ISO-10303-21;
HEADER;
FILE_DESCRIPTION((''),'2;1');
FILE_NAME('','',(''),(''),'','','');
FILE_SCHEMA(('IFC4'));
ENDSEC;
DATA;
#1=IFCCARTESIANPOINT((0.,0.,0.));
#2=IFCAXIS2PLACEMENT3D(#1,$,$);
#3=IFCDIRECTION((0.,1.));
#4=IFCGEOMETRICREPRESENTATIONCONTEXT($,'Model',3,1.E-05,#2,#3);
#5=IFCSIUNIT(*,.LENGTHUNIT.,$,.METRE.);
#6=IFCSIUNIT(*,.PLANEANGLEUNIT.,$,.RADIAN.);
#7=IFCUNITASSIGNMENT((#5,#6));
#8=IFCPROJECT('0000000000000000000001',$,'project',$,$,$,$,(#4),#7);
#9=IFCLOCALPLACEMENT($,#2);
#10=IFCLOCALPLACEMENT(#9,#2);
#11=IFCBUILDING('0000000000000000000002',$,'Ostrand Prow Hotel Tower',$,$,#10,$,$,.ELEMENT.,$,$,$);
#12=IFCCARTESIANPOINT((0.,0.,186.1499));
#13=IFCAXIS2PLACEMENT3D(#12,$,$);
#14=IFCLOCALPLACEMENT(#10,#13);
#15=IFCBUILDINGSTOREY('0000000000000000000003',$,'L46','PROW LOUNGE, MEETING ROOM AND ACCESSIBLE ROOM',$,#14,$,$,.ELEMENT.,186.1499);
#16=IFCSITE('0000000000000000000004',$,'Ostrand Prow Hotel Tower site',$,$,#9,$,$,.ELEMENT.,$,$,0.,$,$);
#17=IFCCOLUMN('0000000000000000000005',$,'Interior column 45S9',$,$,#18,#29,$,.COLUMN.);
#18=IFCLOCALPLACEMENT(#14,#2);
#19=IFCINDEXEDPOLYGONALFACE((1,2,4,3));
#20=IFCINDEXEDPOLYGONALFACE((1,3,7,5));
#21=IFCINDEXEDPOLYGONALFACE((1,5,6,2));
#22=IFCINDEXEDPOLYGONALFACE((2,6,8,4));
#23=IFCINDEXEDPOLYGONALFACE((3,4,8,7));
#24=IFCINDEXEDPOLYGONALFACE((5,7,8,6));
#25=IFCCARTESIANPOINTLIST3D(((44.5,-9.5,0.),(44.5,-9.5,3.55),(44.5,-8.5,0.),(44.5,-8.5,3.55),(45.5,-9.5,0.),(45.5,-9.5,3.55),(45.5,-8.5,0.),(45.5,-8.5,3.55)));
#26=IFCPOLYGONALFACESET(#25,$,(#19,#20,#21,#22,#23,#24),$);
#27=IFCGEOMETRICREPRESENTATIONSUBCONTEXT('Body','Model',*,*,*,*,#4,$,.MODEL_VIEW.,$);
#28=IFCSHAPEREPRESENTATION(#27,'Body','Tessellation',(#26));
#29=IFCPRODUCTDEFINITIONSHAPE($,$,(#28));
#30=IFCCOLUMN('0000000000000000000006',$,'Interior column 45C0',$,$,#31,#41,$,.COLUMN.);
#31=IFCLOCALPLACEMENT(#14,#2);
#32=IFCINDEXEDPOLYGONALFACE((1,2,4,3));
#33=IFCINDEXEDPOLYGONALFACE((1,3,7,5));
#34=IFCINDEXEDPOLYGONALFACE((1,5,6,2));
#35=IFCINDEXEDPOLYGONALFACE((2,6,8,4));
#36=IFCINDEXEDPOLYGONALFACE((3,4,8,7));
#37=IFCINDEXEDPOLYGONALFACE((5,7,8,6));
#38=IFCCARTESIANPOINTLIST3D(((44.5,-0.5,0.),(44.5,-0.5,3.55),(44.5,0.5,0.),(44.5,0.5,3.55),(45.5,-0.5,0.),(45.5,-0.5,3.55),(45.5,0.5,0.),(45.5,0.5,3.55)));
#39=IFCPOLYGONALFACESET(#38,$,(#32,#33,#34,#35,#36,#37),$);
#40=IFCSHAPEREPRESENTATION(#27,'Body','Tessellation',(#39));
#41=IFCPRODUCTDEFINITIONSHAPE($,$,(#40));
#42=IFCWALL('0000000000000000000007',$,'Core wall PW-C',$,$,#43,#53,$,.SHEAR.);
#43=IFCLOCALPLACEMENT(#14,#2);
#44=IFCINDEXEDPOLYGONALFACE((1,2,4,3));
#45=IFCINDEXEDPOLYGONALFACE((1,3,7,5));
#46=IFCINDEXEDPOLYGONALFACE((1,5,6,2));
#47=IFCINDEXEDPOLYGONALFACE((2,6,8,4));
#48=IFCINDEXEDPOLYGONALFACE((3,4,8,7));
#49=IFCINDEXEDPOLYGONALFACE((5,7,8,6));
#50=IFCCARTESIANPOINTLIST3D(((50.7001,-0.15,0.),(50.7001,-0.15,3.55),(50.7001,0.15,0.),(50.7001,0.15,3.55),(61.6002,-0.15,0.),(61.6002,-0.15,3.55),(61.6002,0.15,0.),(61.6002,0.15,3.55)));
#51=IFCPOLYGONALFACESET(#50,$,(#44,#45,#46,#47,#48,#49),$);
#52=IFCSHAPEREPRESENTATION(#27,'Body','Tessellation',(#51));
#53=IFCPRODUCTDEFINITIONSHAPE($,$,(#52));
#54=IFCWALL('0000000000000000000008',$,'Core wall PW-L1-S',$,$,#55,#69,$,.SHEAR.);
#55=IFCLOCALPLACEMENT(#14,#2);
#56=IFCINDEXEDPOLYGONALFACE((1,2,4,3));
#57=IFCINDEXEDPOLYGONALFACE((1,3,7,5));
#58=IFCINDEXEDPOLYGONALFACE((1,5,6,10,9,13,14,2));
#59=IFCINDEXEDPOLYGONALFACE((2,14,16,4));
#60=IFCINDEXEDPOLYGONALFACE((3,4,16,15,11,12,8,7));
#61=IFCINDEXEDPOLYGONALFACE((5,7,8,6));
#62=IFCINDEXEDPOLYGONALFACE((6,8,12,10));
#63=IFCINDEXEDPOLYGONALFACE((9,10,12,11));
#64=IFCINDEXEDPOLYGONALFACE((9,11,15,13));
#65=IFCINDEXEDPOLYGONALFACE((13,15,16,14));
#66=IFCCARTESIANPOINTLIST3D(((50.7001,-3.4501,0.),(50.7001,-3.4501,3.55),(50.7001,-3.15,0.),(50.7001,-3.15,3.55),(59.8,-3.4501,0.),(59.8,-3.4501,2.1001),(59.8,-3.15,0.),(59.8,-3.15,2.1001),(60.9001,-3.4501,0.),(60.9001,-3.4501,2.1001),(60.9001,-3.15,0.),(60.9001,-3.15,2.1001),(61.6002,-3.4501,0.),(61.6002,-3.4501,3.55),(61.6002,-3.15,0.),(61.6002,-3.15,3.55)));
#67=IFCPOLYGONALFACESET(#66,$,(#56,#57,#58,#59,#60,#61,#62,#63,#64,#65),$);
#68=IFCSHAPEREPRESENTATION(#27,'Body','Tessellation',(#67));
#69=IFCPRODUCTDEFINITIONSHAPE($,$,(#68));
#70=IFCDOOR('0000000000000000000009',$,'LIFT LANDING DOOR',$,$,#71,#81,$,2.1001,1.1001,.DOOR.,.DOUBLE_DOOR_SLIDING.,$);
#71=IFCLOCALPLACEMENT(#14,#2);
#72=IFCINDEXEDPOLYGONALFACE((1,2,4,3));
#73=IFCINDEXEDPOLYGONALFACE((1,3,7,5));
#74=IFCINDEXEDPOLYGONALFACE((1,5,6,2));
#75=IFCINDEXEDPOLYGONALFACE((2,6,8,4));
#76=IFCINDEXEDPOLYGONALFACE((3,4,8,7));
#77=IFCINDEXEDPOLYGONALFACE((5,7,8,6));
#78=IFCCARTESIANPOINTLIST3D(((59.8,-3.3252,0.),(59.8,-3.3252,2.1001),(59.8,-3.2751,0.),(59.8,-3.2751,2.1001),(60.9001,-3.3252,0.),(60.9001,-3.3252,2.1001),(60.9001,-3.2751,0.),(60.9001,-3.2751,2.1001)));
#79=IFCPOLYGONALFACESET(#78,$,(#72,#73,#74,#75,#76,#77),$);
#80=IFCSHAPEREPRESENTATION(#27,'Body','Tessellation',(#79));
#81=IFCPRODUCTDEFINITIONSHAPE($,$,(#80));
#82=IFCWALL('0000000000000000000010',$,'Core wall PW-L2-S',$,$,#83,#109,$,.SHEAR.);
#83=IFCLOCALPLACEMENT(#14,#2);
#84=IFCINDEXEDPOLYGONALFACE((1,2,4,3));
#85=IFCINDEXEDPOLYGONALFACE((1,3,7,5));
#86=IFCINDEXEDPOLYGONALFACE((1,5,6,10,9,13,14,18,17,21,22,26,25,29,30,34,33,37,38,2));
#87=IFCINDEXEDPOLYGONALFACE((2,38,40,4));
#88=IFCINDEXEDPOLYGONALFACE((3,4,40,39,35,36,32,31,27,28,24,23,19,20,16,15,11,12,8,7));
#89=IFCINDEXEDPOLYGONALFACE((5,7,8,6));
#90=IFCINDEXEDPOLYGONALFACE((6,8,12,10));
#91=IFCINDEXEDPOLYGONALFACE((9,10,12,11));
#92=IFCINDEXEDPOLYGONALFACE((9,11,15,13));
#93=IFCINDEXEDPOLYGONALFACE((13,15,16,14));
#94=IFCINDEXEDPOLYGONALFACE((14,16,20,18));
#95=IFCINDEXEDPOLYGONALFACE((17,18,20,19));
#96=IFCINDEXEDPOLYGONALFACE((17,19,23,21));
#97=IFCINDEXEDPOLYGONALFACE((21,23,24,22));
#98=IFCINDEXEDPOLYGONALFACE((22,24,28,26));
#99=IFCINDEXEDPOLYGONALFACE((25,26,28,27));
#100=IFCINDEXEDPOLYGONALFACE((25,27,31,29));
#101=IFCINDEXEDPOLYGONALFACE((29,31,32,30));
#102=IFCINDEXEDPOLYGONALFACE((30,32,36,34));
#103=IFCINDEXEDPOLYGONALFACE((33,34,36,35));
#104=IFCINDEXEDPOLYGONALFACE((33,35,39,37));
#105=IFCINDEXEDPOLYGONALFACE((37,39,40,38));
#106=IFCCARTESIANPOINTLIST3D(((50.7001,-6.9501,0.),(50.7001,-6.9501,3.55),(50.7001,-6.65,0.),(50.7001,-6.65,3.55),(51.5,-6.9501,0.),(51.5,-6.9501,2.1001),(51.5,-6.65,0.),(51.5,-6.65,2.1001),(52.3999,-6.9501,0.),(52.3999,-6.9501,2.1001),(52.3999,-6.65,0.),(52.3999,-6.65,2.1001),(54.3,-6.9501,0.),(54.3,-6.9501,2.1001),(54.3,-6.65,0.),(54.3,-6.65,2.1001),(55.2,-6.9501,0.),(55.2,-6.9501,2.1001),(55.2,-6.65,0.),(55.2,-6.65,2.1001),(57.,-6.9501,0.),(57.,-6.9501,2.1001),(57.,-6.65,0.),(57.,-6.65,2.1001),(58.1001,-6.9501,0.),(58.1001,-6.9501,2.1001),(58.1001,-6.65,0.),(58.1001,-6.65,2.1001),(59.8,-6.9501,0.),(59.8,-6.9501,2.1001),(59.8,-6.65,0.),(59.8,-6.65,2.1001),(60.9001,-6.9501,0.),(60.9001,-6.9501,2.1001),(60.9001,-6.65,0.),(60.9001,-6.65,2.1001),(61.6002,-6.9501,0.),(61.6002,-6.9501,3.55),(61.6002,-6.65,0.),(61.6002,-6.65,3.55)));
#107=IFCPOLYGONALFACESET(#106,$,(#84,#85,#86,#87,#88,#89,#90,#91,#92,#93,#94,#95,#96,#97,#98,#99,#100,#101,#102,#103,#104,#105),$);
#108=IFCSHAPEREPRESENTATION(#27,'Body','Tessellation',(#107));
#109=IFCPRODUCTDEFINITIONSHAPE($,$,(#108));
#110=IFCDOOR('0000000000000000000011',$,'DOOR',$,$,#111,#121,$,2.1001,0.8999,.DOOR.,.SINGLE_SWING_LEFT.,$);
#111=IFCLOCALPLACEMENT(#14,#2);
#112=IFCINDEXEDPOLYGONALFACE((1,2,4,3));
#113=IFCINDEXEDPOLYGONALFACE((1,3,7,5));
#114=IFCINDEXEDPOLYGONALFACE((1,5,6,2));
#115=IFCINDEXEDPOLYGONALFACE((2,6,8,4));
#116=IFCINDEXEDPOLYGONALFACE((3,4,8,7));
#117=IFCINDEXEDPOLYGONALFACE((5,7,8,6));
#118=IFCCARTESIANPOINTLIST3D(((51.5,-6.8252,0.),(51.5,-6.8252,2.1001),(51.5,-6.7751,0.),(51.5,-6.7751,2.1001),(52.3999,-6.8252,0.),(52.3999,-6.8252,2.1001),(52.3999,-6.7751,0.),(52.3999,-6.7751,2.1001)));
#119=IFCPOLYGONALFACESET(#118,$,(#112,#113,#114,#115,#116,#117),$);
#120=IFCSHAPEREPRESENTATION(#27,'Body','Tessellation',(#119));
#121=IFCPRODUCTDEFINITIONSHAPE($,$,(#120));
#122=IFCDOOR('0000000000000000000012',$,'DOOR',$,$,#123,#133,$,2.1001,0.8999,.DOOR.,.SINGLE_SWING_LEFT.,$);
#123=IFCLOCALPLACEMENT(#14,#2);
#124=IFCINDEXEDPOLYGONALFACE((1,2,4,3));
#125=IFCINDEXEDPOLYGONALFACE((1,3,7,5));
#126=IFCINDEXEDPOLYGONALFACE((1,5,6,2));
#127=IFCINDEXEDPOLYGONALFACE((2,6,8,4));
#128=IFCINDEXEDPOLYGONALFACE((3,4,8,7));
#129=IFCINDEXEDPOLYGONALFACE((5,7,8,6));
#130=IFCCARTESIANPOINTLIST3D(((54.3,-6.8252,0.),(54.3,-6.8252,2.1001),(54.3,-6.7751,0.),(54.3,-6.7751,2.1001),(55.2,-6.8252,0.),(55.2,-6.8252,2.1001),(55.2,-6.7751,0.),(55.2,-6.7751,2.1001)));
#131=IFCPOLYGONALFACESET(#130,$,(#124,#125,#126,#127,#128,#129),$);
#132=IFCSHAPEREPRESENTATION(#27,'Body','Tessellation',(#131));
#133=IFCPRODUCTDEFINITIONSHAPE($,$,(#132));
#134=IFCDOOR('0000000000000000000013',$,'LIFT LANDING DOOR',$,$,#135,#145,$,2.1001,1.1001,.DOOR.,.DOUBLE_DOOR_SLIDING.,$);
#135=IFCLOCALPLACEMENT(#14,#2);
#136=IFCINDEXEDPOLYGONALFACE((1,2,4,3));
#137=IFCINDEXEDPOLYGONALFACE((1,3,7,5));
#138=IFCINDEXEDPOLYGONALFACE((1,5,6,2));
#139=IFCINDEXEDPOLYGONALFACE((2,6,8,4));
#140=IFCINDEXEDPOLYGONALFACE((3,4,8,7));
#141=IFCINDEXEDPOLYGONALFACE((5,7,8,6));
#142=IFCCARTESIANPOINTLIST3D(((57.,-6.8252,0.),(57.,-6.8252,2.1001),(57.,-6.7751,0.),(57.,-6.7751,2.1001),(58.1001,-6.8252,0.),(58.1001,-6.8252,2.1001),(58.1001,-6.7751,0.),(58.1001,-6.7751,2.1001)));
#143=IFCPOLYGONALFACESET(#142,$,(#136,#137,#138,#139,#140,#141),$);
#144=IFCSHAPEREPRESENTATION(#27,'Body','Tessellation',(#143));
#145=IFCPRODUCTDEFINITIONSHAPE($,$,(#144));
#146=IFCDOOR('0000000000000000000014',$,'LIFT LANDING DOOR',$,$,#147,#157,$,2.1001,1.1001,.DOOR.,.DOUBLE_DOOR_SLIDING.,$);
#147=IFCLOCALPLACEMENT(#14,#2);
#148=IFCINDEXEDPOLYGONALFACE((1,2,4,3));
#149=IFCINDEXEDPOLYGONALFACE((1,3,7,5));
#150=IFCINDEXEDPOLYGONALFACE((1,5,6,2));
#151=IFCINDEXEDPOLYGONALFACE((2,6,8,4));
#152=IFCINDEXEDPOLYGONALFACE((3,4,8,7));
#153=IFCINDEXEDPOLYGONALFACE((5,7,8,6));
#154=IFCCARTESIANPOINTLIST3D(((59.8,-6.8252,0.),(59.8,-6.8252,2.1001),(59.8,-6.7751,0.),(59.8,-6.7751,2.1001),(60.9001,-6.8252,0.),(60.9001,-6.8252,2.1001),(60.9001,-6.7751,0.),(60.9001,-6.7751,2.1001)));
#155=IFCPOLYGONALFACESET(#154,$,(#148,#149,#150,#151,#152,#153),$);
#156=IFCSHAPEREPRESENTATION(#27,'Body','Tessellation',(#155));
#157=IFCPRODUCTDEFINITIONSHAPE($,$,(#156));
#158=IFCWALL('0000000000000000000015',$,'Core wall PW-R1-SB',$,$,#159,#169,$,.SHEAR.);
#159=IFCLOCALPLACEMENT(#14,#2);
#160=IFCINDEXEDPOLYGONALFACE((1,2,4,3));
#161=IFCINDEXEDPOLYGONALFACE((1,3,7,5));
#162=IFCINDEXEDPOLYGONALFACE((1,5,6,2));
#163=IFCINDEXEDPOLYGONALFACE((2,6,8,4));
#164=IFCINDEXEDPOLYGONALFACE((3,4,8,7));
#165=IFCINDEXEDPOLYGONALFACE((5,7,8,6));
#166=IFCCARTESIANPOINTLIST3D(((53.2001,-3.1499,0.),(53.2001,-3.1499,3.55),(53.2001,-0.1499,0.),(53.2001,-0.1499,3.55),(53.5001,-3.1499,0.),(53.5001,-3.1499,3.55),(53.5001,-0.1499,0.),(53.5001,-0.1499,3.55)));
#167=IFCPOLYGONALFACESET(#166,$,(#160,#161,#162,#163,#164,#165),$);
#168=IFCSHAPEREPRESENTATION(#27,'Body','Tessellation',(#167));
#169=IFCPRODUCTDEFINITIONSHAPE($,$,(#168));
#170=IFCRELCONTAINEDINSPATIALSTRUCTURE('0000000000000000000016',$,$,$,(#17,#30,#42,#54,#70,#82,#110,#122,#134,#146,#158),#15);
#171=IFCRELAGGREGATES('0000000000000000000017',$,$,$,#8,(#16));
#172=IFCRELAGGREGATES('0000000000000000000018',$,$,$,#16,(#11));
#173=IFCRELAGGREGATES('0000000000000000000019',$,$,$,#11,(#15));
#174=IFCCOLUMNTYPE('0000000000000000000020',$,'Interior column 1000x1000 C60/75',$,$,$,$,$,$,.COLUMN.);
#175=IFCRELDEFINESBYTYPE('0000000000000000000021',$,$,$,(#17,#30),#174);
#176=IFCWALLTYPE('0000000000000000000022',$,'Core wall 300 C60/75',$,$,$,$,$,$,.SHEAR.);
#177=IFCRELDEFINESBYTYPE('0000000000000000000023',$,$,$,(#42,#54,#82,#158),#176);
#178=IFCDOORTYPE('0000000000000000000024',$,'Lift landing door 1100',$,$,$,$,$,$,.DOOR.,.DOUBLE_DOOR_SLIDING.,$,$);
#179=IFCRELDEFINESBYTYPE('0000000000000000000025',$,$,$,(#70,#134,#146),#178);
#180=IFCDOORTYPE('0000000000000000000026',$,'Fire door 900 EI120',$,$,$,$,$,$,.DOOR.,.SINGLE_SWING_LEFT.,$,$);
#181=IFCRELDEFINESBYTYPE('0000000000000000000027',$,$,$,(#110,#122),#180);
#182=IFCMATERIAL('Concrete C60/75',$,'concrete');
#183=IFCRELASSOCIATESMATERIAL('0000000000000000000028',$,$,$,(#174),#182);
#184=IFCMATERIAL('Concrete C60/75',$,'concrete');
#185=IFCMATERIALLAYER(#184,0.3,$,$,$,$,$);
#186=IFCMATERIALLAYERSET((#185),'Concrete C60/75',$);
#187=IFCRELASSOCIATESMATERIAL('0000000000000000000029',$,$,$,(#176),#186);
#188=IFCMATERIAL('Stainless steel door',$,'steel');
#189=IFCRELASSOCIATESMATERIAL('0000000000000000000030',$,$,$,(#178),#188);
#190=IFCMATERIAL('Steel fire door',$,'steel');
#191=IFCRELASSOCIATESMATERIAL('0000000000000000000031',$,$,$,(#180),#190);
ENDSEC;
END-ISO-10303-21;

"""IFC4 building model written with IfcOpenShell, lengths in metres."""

from ifc_helpers import new_model, si_unit, direction, frame, frame_2d, origin, origin_2d, place, context, subcontext, project, spatial, rectangle, extrude, material, layer, layer_set, material_profile, profile_set, type_object, element, fill, save


model = new_model("IFC4")

# Units and contexts
model_context = context("Model", 3, precision=1e-05, world=origin(), true_north=direction((0.0, 1.0)))
body_context = subcontext(model_context, "Body", "Model", "MODEL_VIEW")
ifc_project = project(units=[si_unit("LENGTHUNIT", "METRE"), si_unit("PLANEANGLEUNIT", "RADIAN")], contexts=[model_context])

# Site, building, storey
site_placement = place(None, origin())
site = spatial("IfcSite", under=ifc_project, at=site_placement, Name="Ostrand Prow Hotel Tower site", CompositionType="ELEMENT", RefElevation=0.0)
building_placement = place(site_placement, origin())
building = spatial("IfcBuilding", under=site, at=building_placement, Name="Ostrand Prow Hotel Tower", CompositionType="ELEMENT")
storey_placement = place(building_placement, frame((0.0, 0.0, 186.1499)))
storey = spatial("IfcBuildingStorey", under=building, at=storey_placement, Name="L46", Description="PROW LOUNGE, MEETING ROOM AND ACCESSIBLE ROOM", CompositionType="ELEMENT", Elevation=186.1499)

# Columns
ifc_material_1 = material(Name="Concrete C60/75", Category="concrete")
ifc_material_profile = material_profile(ifc_material_1, rectangle(XDim=1.0, YDim=1.0, at=origin_2d()), Name="RC 1000x1000")
ifc_profile_set = profile_set([ifc_material_profile], Name="Concrete C60/75")
column_type = type_object("IfcColumnType", Name="Interior column 1000x1000 C60/75", PredefinedType="COLUMN", material=ifc_profile_set)
for number, where, z_axis, x_axis, name in (
    (1, (45.0, -9.0, 0.0), (0.0, 0.0, 1.0), (1.0, 0.0, 0.0), "Interior column 45S9"),
    (2, (45.0, 0.0, 0.0), (0.0, 0.0, 1.0), (1.0, 0.0, 0.0), "Interior column 45C0"),
):
    element("IfcColumn", number, at=place(storey_placement, frame(where, z_axis=z_axis, x_axis=x_axis)), inside=storey, type_object=column_type, Name=name, PredefinedType="COLUMN", context=body_context, shape_type="SweptSolid", body=[
        extrude(rectangle(XDim=1.0, YDim=1.0, at=origin_2d()), origin(), (0.0, 0.0, 1.0), 3.55),
    ])

# Wall
ifc_material_2 = material(Name="Concrete C60/75", Category="concrete")
ifc_layer_1 = layer(ifc_material_2, 0.3)
ifc_layer_set_1 = layer_set([ifc_layer_1], Name="Concrete C60/75")
wall_type_1 = type_object("IfcWallType", Name="Core wall 300 C60/75", PredefinedType="SHEAR", material=ifc_layer_set_1)
wall_1_placement = place(storey_placement, frame((50.7, 0.0, 0.0), z_axis=(0.0, 0.0, 1.0), x_axis=(1.0, 0.0, 0.0)))
element("IfcWall", 3, at=wall_1_placement, inside=storey, type_object=wall_type_1, Name="Core wall PW-C", PredefinedType="SHEAR", context=body_context, shape_type="SweptSolid", body=[
    extrude(rectangle(XDim=10.9001, YDim=0.3, at=frame_2d((5.4502, 0.0))), origin(), (0.0, 0.0, 1.0), 3.55),
])

# Wall, opening, door
wall_2_placement = place(storey_placement, frame((50.7, -3.3, 0.0), z_axis=(0.0, 0.0, 1.0), x_axis=(1.0, 0.0, 0.0)))
wall_2 = element("IfcWall", 4, at=wall_2_placement, inside=storey, type_object=wall_type_1, Name="Core wall PW-L1-S", PredefinedType="SHEAR", context=body_context, shape_type="SweptSolid", body=[
    extrude(rectangle(XDim=10.9001, YDim=0.3, at=frame_2d((5.4502, 0.0))), origin(), (0.0, 0.0, 1.0), 3.55),
])
opening_1_placement = place(wall_2_placement, frame((9.1001, 0.0, 0.0)))
opening_1 = element("IfcOpeningElement", 5, at=opening_1_placement, cuts=wall_2, PredefinedType="OPENING", context=body_context, shape_type="SweptSolid", body=[
    extrude(rectangle(XDim=1.1001, YDim=2.1001, at=frame_2d((0.55, 1.05))), frame((0.0, 0.1599, 0.0), z_axis=(0.0, -1.0, 0.0), x_axis=(1.0, 0.0, 0.0)), (0.0, 0.0, 1.0), 0.3201),
])
ifc_material_3 = material(Name="Stainless steel door", Category="steel")
door_type_1 = type_object("IfcDoorType", Name="Lift landing door 1100", OperationType="DOUBLE_DOOR_SLIDING", PredefinedType="DOOR", material=ifc_material_3)
door_1_placement = place(opening_1_placement, origin())
door_1 = element("IfcDoor", 6, at=door_1_placement, inside=storey, type_object=door_type_1, Name="LIFT LANDING DOOR", OperationType="DOUBLE_DOOR_SLIDING", OverallHeight=2.1001, OverallWidth=1.1001, PredefinedType="DOOR", context=body_context, shape_type="SweptSolid", body=[
    extrude(rectangle(XDim=1.1001, YDim=2.1001, at=frame_2d((0.55, 1.05))), frame((0.0, 0.0249, 0.0), z_axis=(0.0, -1.0, 0.0), x_axis=(1.0, 0.0, 0.0)), (0.0, 0.0, 1.0), 0.05),
])
fill(opening_1, door_1)

# Wall, openings, doors
wall_3_placement = place(storey_placement, frame((50.7, -6.8, 0.0), z_axis=(0.0, 0.0, 1.0), x_axis=(1.0, 0.0, 0.0)))
wall_3 = element("IfcWall", 7, at=wall_3_placement, inside=storey, type_object=wall_type_1, Name="Core wall PW-L2-S", PredefinedType="SHEAR", context=body_context, shape_type="SweptSolid", body=[
    extrude(rectangle(XDim=10.9001, YDim=0.3, at=frame_2d((5.4502, 0.0))), origin(), (0.0, 0.0, 1.0), 3.55),
])
opening_2_placement = place(wall_3_placement, frame((6.3, 0.0, 0.0)))
opening_2 = element("IfcOpeningElement", 8, at=opening_2_placement, cuts=wall_3, PredefinedType="OPENING", context=body_context, shape_type="SweptSolid", body=[
    extrude(rectangle(XDim=1.1001, YDim=2.1001, at=frame_2d((0.55, 1.05))), frame((0.0, 0.1599, 0.0), z_axis=(0.0, -1.0, 0.0), x_axis=(1.0, 0.0, 0.0)), (0.0, 0.0, 1.0), 0.3201),
])
opening_3_placement = place(wall_3_placement, frame((9.1001, 0.0, 0.0)))
opening_3 = element("IfcOpeningElement", 9, at=opening_3_placement, cuts=wall_3, PredefinedType="OPENING", context=body_context, shape_type="SweptSolid", body=[
    extrude(rectangle(XDim=1.1001, YDim=2.1001, at=frame_2d((0.55, 1.05))), frame((0.0, 0.1599, 0.0), z_axis=(0.0, -1.0, 0.0), x_axis=(1.0, 0.0, 0.0)), (0.0, 0.0, 1.0), 0.3201),
])
opening_4_placement = place(wall_3_placement, frame((0.8, 0.0, 0.0)))
opening_4 = element("IfcOpeningElement", 10, at=opening_4_placement, cuts=wall_3, PredefinedType="OPENING", context=body_context, shape_type="SweptSolid", body=[
    extrude(rectangle(XDim=0.8999, YDim=2.1001, at=frame_2d((0.45, 1.05))), frame((0.0, 0.1599, 0.0), z_axis=(0.0, -1.0, 0.0), x_axis=(1.0, 0.0, 0.0)), (0.0, 0.0, 1.0), 0.3201),
])
opening_5_placement = place(wall_3_placement, frame((3.6001, 0.0, 0.0)))
opening_5 = element("IfcOpeningElement", 11, at=opening_5_placement, cuts=wall_3, PredefinedType="OPENING", context=body_context, shape_type="SweptSolid", body=[
    extrude(rectangle(XDim=0.8999, YDim=2.1001, at=frame_2d((0.45, 1.05))), frame((0.0, 0.1599, 0.0), z_axis=(0.0, -1.0, 0.0), x_axis=(1.0, 0.0, 0.0)), (0.0, 0.0, 1.0), 0.3201),
])
ifc_material_4 = material(Name="Steel fire door", Category="steel")
door_type_2 = type_object("IfcDoorType", Name="Fire door 900 EI120", OperationType="SINGLE_SWING_LEFT", PredefinedType="DOOR", material=ifc_material_4)
door_2_placement = place(opening_4_placement, origin())
door_2 = element("IfcDoor", 12, at=door_2_placement, inside=storey, type_object=door_type_2, Name="DOOR", OperationType="SINGLE_SWING_LEFT", OverallHeight=2.1001, OverallWidth=0.8999, PredefinedType="DOOR", context=body_context, shape_type="SweptSolid", body=[
    extrude(rectangle(XDim=0.8999, YDim=2.1001, at=frame_2d((0.45, 1.05))), frame((0.0, 0.0249, 0.0), z_axis=(0.0, -1.0, 0.0), x_axis=(1.0, 0.0, 0.0)), (0.0, 0.0, 1.0), 0.05),
])
fill(opening_4, door_2)
door_3_placement = place(opening_5_placement, origin())
door_3 = element("IfcDoor", 13, at=door_3_placement, inside=storey, type_object=door_type_2, Name="DOOR", OperationType="SINGLE_SWING_LEFT", OverallHeight=2.1001, OverallWidth=0.8999, PredefinedType="DOOR", context=body_context, shape_type="SweptSolid", body=[
    extrude(rectangle(XDim=0.8999, YDim=2.1001, at=frame_2d((0.45, 1.05))), frame((0.0, 0.0249, 0.0), z_axis=(0.0, -1.0, 0.0), x_axis=(1.0, 0.0, 0.0)), (0.0, 0.0, 1.0), 0.05),
])
fill(opening_5, door_3)
door_4_placement = place(opening_2_placement, origin())
door_4 = element("IfcDoor", 14, at=door_4_placement, inside=storey, type_object=door_type_1, Name="LIFT LANDING DOOR", OperationType="DOUBLE_DOOR_SLIDING", OverallHeight=2.1001, OverallWidth=1.1001, PredefinedType="DOOR", context=body_context, shape_type="SweptSolid", body=[
    extrude(rectangle(XDim=1.1001, YDim=2.1001, at=frame_2d((0.55, 1.05))), frame((0.0, 0.0249, 0.0), z_axis=(0.0, -1.0, 0.0), x_axis=(1.0, 0.0, 0.0)), (0.0, 0.0, 1.0), 0.05),
])
fill(opening_2, door_4)
door_5_placement = place(opening_3_placement, origin())
door_5 = element("IfcDoor", 15, at=door_5_placement, inside=storey, type_object=door_type_1, Name="LIFT LANDING DOOR", OperationType="DOUBLE_DOOR_SLIDING", OverallHeight=2.1001, OverallWidth=1.1001, PredefinedType="DOOR", context=body_context, shape_type="SweptSolid", body=[
    extrude(rectangle(XDim=1.1001, YDim=2.1001, at=frame_2d((0.55, 1.05))), frame((0.0, 0.0249, 0.0), z_axis=(0.0, -1.0, 0.0), x_axis=(1.0, 0.0, 0.0)), (0.0, 0.0, 1.0), 0.05),
])
fill(opening_3, door_5)

# Wall
for number, where, z_axis, x_axis, name in (
    (16, (53.3501, -3.1499, 0.0), (0.0, 0.0, 1.0), (0.0, 1.0, 0.0), "Core wall PW-R1-SB"),
):
    element("IfcWall", number, at=place(storey_placement, frame(where, z_axis=z_axis, x_axis=x_axis)), inside=storey, type_object=wall_type_1, Name=name, PredefinedType="SHEAR", context=body_context, shape_type="SweptSolid", body=[
        extrude(rectangle(XDim=3.0, YDim=0.3, at=frame_2d((1.5, 0.0))), origin(), (0.0, 0.0, 1.0), 3.55),
    ])

save(model, "model.ifc")
